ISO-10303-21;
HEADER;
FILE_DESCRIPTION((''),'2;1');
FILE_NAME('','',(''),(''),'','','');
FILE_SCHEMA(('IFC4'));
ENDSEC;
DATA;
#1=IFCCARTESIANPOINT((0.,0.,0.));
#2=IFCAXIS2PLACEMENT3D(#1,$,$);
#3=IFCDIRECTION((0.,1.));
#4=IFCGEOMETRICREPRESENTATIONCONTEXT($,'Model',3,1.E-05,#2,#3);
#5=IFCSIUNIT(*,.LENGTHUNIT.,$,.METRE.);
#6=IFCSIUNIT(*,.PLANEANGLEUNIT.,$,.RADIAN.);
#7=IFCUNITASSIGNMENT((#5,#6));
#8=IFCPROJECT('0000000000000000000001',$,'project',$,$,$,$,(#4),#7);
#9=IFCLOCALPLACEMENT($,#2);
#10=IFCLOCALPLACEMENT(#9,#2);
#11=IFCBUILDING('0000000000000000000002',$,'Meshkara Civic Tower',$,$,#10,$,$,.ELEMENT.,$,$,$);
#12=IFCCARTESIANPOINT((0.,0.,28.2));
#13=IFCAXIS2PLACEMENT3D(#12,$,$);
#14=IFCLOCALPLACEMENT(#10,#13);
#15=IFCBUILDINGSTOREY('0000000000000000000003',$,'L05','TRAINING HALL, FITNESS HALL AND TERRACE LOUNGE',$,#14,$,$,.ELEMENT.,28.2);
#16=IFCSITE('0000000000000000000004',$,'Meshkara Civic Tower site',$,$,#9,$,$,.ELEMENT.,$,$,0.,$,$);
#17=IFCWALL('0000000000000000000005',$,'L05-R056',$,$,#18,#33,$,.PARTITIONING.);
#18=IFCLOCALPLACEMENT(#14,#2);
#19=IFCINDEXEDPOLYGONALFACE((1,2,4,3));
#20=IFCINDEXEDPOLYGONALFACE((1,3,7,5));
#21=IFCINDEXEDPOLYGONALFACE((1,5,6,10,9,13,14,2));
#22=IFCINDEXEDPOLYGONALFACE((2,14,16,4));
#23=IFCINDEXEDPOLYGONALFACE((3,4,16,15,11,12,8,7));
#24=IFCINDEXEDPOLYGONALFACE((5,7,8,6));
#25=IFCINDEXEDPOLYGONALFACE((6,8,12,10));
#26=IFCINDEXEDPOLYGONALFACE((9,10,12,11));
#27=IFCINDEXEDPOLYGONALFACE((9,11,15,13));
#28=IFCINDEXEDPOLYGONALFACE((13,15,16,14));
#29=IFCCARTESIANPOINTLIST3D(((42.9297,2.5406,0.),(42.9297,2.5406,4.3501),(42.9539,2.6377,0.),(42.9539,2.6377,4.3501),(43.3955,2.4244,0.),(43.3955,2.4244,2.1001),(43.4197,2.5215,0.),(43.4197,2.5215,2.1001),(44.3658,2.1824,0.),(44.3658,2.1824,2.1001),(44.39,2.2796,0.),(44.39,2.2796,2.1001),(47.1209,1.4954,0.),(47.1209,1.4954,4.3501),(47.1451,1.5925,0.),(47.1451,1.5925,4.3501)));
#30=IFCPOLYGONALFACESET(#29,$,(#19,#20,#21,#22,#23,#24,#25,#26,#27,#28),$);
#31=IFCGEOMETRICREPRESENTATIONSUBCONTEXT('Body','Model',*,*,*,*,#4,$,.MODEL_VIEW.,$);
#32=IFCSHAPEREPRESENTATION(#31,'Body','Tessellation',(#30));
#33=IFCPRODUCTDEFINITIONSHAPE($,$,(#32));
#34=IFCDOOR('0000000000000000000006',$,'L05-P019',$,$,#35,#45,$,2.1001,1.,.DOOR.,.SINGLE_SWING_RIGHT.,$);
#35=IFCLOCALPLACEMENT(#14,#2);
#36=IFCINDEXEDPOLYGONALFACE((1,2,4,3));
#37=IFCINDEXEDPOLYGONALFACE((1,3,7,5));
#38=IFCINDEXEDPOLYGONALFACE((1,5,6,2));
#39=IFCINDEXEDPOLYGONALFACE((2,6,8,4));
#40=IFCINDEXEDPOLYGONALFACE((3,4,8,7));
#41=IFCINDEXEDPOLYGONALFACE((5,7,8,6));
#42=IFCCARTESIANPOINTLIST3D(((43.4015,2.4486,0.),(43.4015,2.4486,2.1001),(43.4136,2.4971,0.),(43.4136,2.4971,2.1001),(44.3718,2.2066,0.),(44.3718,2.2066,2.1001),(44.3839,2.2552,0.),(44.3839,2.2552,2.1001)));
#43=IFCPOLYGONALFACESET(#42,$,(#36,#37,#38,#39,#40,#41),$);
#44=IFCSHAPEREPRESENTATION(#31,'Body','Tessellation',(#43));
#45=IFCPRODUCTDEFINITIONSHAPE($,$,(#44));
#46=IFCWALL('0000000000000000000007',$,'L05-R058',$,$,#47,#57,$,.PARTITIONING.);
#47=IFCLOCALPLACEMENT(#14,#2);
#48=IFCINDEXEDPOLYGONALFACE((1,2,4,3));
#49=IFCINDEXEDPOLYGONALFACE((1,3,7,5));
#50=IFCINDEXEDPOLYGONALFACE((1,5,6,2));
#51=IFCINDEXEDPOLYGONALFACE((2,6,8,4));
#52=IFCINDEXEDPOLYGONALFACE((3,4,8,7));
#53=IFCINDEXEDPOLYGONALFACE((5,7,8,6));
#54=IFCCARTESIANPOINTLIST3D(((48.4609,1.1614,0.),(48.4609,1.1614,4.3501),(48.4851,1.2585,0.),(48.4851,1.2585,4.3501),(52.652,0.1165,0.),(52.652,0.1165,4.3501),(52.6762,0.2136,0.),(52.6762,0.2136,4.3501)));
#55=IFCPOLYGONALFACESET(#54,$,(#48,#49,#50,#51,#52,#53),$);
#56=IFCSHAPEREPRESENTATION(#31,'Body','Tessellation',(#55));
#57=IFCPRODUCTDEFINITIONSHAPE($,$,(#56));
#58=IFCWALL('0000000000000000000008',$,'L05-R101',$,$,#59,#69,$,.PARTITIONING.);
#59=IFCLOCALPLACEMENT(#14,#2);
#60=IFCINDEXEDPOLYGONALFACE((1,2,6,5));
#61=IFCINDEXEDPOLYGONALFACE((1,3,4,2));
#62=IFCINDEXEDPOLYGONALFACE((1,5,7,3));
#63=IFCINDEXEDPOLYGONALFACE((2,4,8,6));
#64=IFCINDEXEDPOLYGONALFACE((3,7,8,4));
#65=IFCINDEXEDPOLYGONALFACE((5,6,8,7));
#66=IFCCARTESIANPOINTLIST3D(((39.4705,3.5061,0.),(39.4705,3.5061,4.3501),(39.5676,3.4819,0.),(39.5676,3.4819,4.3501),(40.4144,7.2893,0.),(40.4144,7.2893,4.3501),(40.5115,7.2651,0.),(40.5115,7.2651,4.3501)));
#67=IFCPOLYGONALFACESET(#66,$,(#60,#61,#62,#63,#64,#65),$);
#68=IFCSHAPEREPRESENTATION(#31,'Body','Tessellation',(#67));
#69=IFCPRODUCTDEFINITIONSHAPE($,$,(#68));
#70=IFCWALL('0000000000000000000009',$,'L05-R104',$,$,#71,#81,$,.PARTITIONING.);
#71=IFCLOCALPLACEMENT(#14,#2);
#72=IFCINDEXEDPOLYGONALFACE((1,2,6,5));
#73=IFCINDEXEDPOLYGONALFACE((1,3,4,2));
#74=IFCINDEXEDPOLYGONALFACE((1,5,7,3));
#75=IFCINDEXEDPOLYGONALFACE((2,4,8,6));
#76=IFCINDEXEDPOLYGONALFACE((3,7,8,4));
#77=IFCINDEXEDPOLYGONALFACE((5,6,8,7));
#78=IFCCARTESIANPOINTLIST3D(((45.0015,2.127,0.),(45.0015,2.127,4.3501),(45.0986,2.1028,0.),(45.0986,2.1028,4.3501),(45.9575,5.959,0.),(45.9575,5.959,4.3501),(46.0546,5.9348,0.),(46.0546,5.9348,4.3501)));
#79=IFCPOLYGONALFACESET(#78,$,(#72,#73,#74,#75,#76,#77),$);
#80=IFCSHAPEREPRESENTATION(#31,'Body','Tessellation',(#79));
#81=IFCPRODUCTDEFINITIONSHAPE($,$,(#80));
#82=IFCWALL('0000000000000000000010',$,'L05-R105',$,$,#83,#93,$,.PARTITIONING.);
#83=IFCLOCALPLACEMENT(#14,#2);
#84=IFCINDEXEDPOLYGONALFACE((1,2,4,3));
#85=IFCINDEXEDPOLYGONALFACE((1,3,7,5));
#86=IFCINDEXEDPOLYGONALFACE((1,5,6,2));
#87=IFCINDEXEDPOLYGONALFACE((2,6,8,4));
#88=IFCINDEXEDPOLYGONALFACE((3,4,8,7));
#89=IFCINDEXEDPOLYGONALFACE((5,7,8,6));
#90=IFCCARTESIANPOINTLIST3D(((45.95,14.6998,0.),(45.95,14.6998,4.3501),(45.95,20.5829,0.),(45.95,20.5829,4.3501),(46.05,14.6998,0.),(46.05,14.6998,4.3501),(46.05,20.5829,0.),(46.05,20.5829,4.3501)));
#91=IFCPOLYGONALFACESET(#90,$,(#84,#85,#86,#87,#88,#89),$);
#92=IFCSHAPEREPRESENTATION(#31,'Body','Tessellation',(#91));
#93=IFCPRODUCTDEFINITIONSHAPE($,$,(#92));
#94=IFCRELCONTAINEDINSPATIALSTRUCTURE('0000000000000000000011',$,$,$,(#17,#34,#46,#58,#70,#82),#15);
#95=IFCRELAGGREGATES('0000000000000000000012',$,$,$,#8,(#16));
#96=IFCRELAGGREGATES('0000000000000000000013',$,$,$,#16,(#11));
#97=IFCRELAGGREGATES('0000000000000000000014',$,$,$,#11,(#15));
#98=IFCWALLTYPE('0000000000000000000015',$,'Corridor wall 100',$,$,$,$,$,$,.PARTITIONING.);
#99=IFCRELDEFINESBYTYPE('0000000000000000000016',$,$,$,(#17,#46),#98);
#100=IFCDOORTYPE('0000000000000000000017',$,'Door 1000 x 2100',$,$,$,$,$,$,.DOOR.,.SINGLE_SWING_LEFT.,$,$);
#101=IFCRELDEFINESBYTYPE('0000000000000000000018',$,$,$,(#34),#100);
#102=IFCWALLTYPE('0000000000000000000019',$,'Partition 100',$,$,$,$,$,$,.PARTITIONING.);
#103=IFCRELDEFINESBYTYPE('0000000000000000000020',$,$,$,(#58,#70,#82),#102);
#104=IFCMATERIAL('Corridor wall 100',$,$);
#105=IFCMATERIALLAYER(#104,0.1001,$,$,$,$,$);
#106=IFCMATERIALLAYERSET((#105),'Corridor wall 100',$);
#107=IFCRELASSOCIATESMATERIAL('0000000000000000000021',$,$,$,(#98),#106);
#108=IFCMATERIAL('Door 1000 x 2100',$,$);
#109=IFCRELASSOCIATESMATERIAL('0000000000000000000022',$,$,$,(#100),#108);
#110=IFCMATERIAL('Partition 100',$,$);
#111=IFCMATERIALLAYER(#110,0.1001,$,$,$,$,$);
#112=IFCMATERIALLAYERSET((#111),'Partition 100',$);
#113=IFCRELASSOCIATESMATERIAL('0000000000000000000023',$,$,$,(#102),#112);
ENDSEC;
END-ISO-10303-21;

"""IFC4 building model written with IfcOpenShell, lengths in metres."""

from ifc_helpers import new_model, si_unit, direction, frame, frame_2d, origin, place, context, subcontext, project, spatial, rectangle, extrude, material, layer, layer_set, type_object, element, fill, save


model = new_model("IFC4")

# Units and contexts
model_context = context("Model", 3, precision=1e-05, world=origin(), true_north=direction((0.0, 1.0)))
body_context = subcontext(model_context, "Body", "Model", "MODEL_VIEW")
ifc_project = project(units=[si_unit("LENGTHUNIT", "METRE"), si_unit("PLANEANGLEUNIT", "RADIAN")], contexts=[model_context])

# Site, building, storey
site_placement = place(None, origin())
site = spatial("IfcSite", under=ifc_project, at=site_placement, Name="Meshkara Civic Tower site", CompositionType="ELEMENT", RefElevation=0.0)
building_placement = place(site_placement, origin())
building = spatial("IfcBuilding", under=site, at=building_placement, Name="Meshkara Civic Tower", CompositionType="ELEMENT")
storey_placement = place(building_placement, frame((0.0, 0.0, 28.2)))
storey = spatial("IfcBuildingStorey", under=building, at=storey_placement, Name="L05", Description="TRAINING HALL, FITNESS HALL AND TERRACE LOUNGE", CompositionType="ELEMENT", Elevation=28.2)

# Shared definitions
ifc_material_1 = material(Name="Corridor wall 100")
ifc_layer_1 = layer(ifc_material_1, 0.1001)
ifc_layer_set_1 = layer_set([ifc_layer_1], Name="Corridor wall 100")
wall_type_1 = type_object("IfcWallType", Name="Corridor wall 100", PredefinedType="PARTITIONING", material=ifc_layer_set_1)

# Wall, opening, door
ifc_material_2 = material(Name="Door 1000 x 2100")
door_type = type_object("IfcDoorType", Name="Door 1000 x 2100", OperationType="SINGLE_SWING_LEFT", PredefinedType="DOOR", material=ifc_material_2)
wall_1_placement = place(storey_placement, frame((42.9419, 2.5891, 0.0), z_axis=(0.0, 0.0, 1.0), x_axis=(0.970285, -0.241964, 0.0)))
wall_1 = element("IfcWall", 1, at=wall_1_placement, inside=storey, type_object=wall_type_1, Name="L05-R056", PredefinedType="PARTITIONING", context=body_context, shape_type="SweptSolid", body=[
    extrude(rectangle(XDim=4.3196, YDim=0.1001, at=frame_2d((2.1597, 0.0))), origin(), (0.0, 0.0, 1.0), 4.3501),
])
opening_1_placement = place(wall_1_placement, frame((0.48, 0.0, 0.0)))
opening_1 = element("IfcOpeningElement", 2, at=opening_1_placement, cuts=wall_1, PredefinedType="OPENING", context=body_context, shape_type="SweptSolid", body=[
    extrude(rectangle(XDim=1.0, YDim=2.1001, at=frame_2d((0.5, 1.05))), frame((0.0, 0.0601, 0.0), z_axis=(0.0, -1.0, 0.0), x_axis=(1.0, 0.0, 0.0)), (0.0, 0.0, 1.0), 0.1201),
])
door_1_placement = place(opening_1_placement, origin())
door_1 = element("IfcDoor", 3, at=door_1_placement, inside=storey, type_object=door_type, Name="L05-P019", OperationType="SINGLE_SWING_RIGHT", OverallHeight=2.1001, OverallWidth=1.0, PredefinedType="DOOR", context=body_context, shape_type="SweptSolid", body=[
    extrude(rectangle(XDim=1.0, YDim=2.1001, at=frame_2d((0.5, 1.05))), frame((0.0, 0.0249, 0.0), z_axis=(0.0, -1.0, 0.0), x_axis=(1.0, 0.0, 0.0)), (0.0, 0.0, 1.0), 0.05),
])
fill(opening_1, door_1)

# Walls
wall_2_placement = place(storey_placement, frame((52.6641, 0.165, 0.0), z_axis=(0.0, 0.0, 1.0), x_axis=(-0.970299, 0.241911, 0.0)))
element("IfcWall", 4, at=wall_2_placement, inside=storey, type_object=wall_type_1, Name="L05-R058", PredefinedType="PARTITIONING", context=body_context, shape_type="SweptSolid", body=[
    extrude(rectangle(XDim=4.3193, YDim=0.1001, at=frame_2d((2.1597, 0.0))), origin(), (0.0, 0.0, 1.0), 4.3501),
])
ifc_material_3 = material(Name="Partition 100")
ifc_layer_2 = layer(ifc_material_3, 0.1001)
ifc_layer_set_2 = layer_set([ifc_layer_2], Name="Partition 100")
wall_type_2 = type_object("IfcWallType", Name="Partition 100", PredefinedType="PARTITIONING", material=ifc_layer_set_2)
wall_3_placement = place(storey_placement, frame((39.519, 3.4939, 0.0), z_axis=(0.0, 0.0, 1.0), x_axis=(0.242064, 0.97026, 0.0)))
element("IfcWall", 5, at=wall_3_placement, inside=storey, type_object=wall_type_2, Name="L05-R101", PredefinedType="PARTITIONING", context=body_context, shape_type="SweptSolid", body=[
    extrude(rectangle(XDim=3.8992, YDim=0.1001, at=frame_2d((1.9497, 0.0))), origin(), (0.0, 0.0, 1.0), 4.3501),
])
wall_4_placement = place(storey_placement, frame((45.05, 2.115, 0.0), z_axis=(0.0, 0.0, 1.0), x_axis=(0.24207, 0.970259, 0.0)))
element("IfcWall", 6, at=wall_4_placement, inside=storey, type_object=wall_type_2, Name="L05-R104", PredefinedType="PARTITIONING", context=body_context, shape_type="SweptSolid", body=[
    extrude(rectangle(XDim=3.9495, YDim=0.1001, at=frame_2d((1.9746, 0.0))), origin(), (0.0, 0.0, 1.0), 4.3501),
])
wall_5_placement = place(storey_placement, frame((46.0, 14.7, 0.0), z_axis=(0.0, 0.0, 1.0), x_axis=(0.0, 1.0, 0.0)))
element("IfcWall", 7, at=wall_5_placement, inside=storey, type_object=wall_type_2, Name="L05-R105", PredefinedType="PARTITIONING", context=body_context, shape_type="SweptSolid", body=[
    extrude(rectangle(XDim=5.8831, YDim=0.1001, at=frame_2d((2.9414, 0.0))), origin(), (0.0, 0.0, 1.0), 4.3501),
])

save(model, "model.ifc")
